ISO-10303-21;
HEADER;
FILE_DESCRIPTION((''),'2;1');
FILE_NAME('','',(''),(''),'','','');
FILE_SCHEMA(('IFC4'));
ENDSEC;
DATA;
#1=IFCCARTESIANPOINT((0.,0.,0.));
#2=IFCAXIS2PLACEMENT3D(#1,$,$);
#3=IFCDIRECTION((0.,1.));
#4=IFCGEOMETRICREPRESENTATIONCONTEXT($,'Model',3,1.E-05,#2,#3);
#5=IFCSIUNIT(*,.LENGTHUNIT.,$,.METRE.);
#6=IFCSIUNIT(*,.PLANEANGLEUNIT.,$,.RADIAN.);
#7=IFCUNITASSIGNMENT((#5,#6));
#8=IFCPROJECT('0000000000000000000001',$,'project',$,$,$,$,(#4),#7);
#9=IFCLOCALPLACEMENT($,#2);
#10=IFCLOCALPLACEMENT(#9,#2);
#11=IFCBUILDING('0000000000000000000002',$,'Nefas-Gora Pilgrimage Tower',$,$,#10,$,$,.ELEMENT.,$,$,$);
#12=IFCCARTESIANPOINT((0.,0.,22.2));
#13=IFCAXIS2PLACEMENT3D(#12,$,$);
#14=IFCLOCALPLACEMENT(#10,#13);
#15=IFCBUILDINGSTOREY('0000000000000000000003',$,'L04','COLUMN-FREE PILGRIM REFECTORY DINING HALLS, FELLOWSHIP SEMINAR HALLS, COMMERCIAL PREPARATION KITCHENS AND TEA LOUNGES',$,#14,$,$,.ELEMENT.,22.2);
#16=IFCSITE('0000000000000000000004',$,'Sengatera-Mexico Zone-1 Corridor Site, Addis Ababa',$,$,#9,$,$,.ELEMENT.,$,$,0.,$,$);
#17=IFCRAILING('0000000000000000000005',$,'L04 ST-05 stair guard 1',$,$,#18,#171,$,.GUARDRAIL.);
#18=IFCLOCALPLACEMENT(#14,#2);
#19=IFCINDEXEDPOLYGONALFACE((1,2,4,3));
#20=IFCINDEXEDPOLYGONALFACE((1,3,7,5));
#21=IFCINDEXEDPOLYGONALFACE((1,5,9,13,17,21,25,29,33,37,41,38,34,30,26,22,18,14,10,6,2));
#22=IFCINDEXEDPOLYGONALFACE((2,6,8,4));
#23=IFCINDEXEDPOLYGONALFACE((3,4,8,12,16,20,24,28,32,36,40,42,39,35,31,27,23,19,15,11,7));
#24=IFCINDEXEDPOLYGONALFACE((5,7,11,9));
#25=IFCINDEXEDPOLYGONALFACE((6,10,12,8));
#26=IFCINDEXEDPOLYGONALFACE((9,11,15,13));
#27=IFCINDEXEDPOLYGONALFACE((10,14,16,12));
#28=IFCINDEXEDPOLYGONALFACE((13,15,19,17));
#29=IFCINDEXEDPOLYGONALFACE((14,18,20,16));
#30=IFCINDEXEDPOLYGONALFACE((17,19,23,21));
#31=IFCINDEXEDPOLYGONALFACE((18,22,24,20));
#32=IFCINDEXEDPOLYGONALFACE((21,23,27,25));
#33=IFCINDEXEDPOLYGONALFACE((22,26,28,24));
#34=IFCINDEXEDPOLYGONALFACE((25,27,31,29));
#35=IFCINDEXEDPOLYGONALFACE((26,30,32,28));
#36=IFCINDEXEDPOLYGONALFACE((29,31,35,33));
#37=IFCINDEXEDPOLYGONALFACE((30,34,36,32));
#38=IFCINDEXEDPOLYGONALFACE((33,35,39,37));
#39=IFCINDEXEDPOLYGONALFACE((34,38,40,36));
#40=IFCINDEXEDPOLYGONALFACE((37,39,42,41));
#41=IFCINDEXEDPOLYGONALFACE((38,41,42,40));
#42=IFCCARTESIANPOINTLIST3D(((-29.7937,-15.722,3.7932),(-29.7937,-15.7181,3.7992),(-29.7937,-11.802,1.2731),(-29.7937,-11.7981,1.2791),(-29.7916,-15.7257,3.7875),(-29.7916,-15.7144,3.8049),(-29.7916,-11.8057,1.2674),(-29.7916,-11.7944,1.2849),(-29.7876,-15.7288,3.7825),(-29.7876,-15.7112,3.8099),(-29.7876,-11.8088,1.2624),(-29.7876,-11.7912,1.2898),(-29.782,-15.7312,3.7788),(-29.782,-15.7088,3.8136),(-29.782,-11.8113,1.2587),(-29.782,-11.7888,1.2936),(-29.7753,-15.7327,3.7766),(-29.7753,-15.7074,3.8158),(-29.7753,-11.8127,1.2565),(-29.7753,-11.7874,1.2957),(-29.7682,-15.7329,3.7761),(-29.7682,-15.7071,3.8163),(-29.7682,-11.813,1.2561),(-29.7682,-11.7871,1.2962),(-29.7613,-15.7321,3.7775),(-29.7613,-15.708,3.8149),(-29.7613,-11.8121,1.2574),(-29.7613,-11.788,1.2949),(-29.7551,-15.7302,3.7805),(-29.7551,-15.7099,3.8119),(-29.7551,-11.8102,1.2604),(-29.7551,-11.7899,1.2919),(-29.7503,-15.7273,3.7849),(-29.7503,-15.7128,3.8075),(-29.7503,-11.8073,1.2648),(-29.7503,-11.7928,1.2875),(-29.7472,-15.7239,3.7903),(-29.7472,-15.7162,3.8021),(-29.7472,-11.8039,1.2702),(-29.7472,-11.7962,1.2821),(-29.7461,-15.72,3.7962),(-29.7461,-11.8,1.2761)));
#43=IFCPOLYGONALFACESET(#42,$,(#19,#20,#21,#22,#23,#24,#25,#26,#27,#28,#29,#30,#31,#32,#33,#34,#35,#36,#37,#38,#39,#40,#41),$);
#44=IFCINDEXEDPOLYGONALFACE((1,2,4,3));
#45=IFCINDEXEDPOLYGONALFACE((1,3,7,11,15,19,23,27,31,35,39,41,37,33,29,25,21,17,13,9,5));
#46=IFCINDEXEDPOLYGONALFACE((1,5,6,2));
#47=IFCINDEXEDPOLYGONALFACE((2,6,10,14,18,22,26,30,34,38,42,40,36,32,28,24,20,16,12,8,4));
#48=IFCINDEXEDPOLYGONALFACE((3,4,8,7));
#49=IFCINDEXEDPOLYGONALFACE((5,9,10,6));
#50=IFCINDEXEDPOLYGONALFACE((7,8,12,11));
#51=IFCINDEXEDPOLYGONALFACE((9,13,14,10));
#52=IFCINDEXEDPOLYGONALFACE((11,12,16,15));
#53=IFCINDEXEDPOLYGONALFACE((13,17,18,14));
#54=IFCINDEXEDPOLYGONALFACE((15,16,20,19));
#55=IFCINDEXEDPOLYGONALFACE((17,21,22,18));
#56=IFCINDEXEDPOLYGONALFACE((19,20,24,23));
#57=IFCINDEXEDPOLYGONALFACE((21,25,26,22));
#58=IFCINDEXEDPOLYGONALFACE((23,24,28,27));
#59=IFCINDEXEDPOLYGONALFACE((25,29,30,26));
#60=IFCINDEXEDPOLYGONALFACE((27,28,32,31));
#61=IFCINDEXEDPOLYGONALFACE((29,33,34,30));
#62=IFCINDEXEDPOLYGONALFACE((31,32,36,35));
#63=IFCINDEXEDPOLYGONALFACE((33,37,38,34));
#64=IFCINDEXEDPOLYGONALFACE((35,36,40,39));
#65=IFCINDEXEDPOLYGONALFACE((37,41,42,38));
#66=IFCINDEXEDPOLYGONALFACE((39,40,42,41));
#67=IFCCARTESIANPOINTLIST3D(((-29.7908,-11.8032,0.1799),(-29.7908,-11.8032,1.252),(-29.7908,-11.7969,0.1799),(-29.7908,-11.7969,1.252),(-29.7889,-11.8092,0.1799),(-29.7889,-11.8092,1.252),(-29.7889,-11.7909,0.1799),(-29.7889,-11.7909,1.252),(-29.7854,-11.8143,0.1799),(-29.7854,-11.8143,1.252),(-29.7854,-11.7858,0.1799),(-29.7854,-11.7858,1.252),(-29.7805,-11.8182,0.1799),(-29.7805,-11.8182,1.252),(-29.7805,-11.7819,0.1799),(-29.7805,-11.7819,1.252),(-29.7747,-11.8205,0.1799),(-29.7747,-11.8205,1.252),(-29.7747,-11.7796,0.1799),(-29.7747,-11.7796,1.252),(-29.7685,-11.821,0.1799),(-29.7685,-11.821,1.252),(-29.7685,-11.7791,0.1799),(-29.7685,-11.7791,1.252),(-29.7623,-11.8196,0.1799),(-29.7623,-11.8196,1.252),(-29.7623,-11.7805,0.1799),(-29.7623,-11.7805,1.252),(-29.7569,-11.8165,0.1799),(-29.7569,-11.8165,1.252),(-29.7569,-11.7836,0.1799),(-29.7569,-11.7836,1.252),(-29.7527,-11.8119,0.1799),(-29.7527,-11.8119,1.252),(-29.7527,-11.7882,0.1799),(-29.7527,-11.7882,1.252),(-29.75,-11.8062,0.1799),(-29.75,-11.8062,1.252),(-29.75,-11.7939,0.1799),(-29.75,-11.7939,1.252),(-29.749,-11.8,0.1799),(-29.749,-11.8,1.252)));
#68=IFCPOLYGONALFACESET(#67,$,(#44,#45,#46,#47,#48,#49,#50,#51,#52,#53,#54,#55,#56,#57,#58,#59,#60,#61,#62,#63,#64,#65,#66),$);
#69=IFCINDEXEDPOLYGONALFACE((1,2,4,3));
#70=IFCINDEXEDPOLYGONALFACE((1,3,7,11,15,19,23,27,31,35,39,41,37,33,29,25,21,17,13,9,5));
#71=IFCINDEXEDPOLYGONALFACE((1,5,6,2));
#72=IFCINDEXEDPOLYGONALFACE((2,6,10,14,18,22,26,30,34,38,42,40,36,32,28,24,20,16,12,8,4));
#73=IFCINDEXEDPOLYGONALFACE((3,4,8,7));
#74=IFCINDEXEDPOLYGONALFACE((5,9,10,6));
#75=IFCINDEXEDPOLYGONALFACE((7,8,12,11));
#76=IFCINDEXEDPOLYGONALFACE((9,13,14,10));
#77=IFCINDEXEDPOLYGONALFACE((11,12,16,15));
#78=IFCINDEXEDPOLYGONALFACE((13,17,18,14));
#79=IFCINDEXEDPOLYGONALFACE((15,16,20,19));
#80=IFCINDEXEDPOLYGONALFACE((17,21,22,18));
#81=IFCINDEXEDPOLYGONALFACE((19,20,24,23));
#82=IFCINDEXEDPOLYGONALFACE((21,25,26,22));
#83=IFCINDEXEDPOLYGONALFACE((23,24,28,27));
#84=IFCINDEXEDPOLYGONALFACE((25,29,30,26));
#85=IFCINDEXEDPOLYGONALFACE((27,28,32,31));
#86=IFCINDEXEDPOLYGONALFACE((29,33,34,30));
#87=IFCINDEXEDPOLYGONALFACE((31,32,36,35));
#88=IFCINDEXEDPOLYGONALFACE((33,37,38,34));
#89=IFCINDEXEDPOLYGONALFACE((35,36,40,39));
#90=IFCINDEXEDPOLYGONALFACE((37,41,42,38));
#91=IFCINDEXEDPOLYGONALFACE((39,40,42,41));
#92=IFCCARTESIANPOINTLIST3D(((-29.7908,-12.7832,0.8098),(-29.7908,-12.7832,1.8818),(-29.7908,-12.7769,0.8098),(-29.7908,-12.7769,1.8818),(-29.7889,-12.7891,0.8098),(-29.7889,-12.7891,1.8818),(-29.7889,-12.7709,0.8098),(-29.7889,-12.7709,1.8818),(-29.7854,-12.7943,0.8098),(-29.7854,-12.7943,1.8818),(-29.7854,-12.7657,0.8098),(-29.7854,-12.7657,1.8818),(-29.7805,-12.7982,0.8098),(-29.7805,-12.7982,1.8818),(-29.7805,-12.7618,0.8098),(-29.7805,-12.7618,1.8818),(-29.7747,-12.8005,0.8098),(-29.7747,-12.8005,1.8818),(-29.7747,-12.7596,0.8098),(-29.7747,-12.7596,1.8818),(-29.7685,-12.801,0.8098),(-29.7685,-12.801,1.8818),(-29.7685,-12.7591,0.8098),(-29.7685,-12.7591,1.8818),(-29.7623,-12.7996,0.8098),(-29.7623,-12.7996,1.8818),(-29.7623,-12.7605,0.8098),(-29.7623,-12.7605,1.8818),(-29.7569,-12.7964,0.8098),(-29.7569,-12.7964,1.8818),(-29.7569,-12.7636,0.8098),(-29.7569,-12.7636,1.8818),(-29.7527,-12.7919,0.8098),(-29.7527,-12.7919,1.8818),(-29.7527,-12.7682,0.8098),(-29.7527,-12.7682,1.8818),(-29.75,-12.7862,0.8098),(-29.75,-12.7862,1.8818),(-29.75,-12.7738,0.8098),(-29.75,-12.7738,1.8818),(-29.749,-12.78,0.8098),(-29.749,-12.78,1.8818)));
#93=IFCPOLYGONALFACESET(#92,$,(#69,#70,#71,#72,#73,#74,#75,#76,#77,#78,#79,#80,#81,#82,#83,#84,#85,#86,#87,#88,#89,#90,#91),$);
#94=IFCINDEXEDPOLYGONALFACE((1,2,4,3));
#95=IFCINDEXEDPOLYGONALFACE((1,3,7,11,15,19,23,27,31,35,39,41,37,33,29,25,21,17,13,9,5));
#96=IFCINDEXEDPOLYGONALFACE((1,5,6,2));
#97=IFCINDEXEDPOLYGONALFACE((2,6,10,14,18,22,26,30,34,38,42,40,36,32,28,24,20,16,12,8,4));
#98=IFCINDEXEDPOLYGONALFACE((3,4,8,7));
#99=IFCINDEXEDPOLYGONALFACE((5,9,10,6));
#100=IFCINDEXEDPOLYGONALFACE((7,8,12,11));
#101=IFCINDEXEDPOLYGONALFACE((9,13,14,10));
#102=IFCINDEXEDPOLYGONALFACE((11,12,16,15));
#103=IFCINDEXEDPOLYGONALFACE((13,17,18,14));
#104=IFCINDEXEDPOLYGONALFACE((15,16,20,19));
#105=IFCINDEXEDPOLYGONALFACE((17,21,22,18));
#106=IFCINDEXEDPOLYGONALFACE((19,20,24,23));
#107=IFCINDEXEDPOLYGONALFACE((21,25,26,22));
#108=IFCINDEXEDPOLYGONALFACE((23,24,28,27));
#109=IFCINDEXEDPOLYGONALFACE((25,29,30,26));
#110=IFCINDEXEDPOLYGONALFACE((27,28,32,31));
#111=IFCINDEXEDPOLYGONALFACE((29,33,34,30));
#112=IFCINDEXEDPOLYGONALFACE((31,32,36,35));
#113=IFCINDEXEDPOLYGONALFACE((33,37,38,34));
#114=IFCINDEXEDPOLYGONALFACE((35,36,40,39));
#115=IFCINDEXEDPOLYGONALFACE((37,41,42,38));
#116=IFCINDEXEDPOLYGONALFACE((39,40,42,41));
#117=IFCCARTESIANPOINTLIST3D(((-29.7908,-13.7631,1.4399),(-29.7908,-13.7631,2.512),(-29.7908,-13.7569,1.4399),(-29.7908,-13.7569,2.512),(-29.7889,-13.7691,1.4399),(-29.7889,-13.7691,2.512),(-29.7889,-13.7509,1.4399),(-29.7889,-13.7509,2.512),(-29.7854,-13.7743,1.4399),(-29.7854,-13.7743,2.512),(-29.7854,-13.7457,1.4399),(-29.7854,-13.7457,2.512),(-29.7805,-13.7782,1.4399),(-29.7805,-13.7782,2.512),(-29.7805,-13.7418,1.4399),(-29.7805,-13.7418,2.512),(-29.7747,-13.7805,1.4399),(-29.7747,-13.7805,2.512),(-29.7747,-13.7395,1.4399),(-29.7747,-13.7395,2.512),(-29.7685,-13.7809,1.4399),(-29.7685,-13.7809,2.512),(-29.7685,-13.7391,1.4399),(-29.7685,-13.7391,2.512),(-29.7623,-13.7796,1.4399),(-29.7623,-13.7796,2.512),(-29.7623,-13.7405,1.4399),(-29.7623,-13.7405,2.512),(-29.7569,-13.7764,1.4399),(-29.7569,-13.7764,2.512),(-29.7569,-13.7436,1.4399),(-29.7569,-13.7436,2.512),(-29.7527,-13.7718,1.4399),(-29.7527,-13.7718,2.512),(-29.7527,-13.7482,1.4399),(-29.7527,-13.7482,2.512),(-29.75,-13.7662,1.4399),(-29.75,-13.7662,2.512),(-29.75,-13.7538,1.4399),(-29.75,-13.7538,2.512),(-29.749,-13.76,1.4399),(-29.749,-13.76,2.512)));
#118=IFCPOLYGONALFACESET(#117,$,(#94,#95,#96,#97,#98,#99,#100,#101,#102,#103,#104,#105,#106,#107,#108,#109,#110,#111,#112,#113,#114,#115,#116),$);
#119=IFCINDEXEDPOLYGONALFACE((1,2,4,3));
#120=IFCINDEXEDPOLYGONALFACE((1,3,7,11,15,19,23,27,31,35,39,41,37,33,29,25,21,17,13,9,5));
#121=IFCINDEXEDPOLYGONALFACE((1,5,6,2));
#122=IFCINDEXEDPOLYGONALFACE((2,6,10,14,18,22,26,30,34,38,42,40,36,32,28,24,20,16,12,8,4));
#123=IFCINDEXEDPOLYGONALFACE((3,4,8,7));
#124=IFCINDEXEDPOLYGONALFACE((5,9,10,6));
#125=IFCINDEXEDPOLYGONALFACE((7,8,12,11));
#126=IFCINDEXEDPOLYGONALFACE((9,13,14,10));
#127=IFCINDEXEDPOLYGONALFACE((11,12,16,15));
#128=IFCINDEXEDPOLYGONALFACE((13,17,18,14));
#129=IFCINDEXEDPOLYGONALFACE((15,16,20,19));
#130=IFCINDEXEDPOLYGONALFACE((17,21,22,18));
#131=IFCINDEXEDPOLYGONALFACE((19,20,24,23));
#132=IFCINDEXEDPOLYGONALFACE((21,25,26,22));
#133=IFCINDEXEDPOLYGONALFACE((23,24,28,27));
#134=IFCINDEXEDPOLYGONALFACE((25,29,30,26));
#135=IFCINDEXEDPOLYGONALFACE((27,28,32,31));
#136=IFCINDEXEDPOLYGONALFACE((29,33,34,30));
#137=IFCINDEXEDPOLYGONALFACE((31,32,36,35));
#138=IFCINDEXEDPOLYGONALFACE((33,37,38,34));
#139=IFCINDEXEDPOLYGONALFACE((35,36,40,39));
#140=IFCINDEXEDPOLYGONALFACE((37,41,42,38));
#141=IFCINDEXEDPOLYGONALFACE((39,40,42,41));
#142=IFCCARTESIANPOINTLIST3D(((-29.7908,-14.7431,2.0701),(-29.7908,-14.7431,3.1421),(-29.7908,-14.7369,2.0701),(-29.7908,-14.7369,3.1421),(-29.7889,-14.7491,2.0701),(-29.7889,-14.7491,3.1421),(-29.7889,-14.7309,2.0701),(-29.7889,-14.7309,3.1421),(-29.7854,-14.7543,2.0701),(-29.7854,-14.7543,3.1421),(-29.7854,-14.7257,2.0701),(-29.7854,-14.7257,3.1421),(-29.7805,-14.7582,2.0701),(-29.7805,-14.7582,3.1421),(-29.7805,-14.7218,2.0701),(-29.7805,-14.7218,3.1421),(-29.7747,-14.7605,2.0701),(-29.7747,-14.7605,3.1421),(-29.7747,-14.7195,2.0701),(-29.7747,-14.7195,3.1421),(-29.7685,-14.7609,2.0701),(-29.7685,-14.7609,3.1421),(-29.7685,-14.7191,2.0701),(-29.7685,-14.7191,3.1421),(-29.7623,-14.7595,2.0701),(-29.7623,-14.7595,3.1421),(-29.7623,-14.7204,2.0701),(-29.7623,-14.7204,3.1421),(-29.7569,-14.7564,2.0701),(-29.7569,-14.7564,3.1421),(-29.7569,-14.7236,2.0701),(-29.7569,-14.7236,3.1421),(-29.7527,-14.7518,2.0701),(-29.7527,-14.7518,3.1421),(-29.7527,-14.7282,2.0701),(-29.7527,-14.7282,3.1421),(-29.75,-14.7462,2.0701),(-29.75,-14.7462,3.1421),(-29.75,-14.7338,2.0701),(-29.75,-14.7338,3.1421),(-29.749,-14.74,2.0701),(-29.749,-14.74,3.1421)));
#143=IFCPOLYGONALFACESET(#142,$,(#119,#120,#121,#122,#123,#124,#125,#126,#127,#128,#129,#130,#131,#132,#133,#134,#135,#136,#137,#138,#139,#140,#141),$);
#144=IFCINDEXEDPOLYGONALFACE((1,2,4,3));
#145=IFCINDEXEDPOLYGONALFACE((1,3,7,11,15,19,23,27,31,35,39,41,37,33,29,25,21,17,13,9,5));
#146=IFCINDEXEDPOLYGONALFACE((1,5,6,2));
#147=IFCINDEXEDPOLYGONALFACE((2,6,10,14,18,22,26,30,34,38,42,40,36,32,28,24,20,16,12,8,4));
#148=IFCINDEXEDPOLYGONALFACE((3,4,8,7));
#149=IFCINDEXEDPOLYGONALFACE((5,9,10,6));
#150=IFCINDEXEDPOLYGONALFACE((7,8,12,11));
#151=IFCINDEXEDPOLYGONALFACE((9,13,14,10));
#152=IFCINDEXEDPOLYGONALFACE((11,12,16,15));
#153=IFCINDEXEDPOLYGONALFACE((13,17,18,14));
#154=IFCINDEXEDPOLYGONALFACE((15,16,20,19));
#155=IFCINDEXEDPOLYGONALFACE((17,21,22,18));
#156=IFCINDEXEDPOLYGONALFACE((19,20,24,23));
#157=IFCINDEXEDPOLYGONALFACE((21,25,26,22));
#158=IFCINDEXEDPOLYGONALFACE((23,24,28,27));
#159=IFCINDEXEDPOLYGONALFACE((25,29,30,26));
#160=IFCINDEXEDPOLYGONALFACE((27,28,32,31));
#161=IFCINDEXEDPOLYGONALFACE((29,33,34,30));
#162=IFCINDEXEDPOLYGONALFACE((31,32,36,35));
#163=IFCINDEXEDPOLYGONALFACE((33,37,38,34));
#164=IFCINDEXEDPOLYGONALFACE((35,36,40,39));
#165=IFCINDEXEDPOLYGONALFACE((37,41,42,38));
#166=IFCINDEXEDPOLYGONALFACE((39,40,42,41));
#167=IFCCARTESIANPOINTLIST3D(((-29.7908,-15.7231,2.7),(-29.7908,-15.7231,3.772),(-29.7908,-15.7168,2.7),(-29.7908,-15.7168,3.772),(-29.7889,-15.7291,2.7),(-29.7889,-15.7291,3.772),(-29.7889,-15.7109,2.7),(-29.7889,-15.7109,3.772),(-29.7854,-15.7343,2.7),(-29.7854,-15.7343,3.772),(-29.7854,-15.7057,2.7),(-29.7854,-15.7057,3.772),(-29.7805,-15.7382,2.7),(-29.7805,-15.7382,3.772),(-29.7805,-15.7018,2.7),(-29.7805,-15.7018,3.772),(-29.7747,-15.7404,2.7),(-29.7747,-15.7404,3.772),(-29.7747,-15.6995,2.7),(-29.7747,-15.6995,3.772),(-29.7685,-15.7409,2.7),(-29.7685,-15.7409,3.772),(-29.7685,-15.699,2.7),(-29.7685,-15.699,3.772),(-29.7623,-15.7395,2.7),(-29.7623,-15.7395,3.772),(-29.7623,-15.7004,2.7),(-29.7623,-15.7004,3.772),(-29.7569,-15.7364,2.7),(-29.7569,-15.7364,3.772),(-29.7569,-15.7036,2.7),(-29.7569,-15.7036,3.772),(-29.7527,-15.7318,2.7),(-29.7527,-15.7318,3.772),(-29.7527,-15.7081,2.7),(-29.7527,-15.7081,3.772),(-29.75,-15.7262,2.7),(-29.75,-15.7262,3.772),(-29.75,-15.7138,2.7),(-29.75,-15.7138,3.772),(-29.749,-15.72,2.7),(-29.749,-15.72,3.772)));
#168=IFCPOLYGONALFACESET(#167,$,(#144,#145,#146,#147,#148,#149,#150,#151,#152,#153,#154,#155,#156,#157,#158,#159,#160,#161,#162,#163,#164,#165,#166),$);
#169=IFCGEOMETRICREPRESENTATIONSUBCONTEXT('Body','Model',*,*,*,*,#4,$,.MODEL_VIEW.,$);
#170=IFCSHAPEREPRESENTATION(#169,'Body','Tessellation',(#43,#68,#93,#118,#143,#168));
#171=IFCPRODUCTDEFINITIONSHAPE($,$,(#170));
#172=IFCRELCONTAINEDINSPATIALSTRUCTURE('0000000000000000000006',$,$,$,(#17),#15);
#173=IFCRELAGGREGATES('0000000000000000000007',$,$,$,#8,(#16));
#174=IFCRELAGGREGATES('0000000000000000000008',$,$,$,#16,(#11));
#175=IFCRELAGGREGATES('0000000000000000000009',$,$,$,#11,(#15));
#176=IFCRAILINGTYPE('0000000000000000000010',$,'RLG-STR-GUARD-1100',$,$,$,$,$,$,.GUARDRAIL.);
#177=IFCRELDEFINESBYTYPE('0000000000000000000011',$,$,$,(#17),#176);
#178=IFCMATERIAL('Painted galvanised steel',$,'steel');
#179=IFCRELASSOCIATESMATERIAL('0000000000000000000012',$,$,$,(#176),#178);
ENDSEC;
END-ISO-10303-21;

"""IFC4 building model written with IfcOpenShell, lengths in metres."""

from ifc_helpers import new_model, si_unit, direction, frame, origin, origin_2d, place, context, subcontext, project, spatial, circle, extrude, material, type_object, element, save


model = new_model("IFC4")

# Units and contexts
model_context = context("Model", 3, precision=1e-05, world=origin(), true_north=direction((0.0, 1.0)))
body_context = subcontext(model_context, "Body", "Model", "MODEL_VIEW")
ifc_project = project(units=[si_unit("LENGTHUNIT", "METRE"), si_unit("PLANEANGLEUNIT", "RADIAN")], contexts=[model_context])

# Site, building, storey
site_placement = place(None, origin())
site = spatial("IfcSite", under=ifc_project, at=site_placement, Name="Sengatera-Mexico Zone-1 Corridor Site, Addis Ababa", CompositionType="ELEMENT", RefElevation=0.0)
building_placement = place(site_placement, origin())
building = spatial("IfcBuilding", under=site, at=building_placement, Name="Nefas-Gora Pilgrimage Tower", CompositionType="ELEMENT")
storey_placement = place(building_placement, frame((0.0, 0.0, 22.2)))
storey = spatial("IfcBuildingStorey", under=building, at=storey_placement, Name="L04", Description="COLUMN-FREE PILGRIM REFECTORY DINING HALLS, FELLOWSHIP SEMINAR HALLS, COMMERCIAL PREPARATION KITCHENS AND TEA LOUNGES", CompositionType="ELEMENT", Elevation=22.2)

# Railing
ifc_material_1 = material(Name="Painted galvanised steel", Category="steel")
railing_type_1 = type_object("IfcRailingType", Name="RLG-STR-GUARD-1100", PredefinedType="GUARDRAIL", material=ifc_material_1)
railing_1_placement = place(storey_placement, frame((-29.77, -11.8, 0.1799)))
element("IfcRailing", 1, at=railing_1_placement, inside=storey, type_object=railing_type_1, Name="L04 ST-05 stair guard 1", PredefinedType="GUARDRAIL", context=body_context, shape_type="SweptSolid", body=[
    extrude(circle(Radius=0.0239, at=origin_2d()), frame((0.0, 0.0, 1.0962), z_axis=(0.0, -0.841172, 0.540768), x_axis=(1.0, 0.0, 0.0)), (0.0, 0.0, 1.0), 4.6602),
    extrude(circle(Radius=0.021, at=origin_2d()), origin(), (0.0, 0.0, 1.0), 1.072),
    extrude(circle(Radius=0.021, at=origin_2d()), frame((0.0, -0.98, 0.6299)), (0.0, 0.0, 1.0), 1.072),
    extrude(circle(Radius=0.021, at=origin_2d()), frame((0.0, -1.96, 1.26)), (0.0, 0.0, 1.0), 1.072),
    extrude(circle(Radius=0.021, at=origin_2d()), frame((0.0, -2.9399, 1.8901)), (0.0, 0.0, 1.0), 1.072),
    extrude(circle(Radius=0.021, at=origin_2d()), frame((0.0, -3.9199, 2.52)), (0.0, 0.0, 1.0), 1.072),
])

save(model, "model.ifc")
